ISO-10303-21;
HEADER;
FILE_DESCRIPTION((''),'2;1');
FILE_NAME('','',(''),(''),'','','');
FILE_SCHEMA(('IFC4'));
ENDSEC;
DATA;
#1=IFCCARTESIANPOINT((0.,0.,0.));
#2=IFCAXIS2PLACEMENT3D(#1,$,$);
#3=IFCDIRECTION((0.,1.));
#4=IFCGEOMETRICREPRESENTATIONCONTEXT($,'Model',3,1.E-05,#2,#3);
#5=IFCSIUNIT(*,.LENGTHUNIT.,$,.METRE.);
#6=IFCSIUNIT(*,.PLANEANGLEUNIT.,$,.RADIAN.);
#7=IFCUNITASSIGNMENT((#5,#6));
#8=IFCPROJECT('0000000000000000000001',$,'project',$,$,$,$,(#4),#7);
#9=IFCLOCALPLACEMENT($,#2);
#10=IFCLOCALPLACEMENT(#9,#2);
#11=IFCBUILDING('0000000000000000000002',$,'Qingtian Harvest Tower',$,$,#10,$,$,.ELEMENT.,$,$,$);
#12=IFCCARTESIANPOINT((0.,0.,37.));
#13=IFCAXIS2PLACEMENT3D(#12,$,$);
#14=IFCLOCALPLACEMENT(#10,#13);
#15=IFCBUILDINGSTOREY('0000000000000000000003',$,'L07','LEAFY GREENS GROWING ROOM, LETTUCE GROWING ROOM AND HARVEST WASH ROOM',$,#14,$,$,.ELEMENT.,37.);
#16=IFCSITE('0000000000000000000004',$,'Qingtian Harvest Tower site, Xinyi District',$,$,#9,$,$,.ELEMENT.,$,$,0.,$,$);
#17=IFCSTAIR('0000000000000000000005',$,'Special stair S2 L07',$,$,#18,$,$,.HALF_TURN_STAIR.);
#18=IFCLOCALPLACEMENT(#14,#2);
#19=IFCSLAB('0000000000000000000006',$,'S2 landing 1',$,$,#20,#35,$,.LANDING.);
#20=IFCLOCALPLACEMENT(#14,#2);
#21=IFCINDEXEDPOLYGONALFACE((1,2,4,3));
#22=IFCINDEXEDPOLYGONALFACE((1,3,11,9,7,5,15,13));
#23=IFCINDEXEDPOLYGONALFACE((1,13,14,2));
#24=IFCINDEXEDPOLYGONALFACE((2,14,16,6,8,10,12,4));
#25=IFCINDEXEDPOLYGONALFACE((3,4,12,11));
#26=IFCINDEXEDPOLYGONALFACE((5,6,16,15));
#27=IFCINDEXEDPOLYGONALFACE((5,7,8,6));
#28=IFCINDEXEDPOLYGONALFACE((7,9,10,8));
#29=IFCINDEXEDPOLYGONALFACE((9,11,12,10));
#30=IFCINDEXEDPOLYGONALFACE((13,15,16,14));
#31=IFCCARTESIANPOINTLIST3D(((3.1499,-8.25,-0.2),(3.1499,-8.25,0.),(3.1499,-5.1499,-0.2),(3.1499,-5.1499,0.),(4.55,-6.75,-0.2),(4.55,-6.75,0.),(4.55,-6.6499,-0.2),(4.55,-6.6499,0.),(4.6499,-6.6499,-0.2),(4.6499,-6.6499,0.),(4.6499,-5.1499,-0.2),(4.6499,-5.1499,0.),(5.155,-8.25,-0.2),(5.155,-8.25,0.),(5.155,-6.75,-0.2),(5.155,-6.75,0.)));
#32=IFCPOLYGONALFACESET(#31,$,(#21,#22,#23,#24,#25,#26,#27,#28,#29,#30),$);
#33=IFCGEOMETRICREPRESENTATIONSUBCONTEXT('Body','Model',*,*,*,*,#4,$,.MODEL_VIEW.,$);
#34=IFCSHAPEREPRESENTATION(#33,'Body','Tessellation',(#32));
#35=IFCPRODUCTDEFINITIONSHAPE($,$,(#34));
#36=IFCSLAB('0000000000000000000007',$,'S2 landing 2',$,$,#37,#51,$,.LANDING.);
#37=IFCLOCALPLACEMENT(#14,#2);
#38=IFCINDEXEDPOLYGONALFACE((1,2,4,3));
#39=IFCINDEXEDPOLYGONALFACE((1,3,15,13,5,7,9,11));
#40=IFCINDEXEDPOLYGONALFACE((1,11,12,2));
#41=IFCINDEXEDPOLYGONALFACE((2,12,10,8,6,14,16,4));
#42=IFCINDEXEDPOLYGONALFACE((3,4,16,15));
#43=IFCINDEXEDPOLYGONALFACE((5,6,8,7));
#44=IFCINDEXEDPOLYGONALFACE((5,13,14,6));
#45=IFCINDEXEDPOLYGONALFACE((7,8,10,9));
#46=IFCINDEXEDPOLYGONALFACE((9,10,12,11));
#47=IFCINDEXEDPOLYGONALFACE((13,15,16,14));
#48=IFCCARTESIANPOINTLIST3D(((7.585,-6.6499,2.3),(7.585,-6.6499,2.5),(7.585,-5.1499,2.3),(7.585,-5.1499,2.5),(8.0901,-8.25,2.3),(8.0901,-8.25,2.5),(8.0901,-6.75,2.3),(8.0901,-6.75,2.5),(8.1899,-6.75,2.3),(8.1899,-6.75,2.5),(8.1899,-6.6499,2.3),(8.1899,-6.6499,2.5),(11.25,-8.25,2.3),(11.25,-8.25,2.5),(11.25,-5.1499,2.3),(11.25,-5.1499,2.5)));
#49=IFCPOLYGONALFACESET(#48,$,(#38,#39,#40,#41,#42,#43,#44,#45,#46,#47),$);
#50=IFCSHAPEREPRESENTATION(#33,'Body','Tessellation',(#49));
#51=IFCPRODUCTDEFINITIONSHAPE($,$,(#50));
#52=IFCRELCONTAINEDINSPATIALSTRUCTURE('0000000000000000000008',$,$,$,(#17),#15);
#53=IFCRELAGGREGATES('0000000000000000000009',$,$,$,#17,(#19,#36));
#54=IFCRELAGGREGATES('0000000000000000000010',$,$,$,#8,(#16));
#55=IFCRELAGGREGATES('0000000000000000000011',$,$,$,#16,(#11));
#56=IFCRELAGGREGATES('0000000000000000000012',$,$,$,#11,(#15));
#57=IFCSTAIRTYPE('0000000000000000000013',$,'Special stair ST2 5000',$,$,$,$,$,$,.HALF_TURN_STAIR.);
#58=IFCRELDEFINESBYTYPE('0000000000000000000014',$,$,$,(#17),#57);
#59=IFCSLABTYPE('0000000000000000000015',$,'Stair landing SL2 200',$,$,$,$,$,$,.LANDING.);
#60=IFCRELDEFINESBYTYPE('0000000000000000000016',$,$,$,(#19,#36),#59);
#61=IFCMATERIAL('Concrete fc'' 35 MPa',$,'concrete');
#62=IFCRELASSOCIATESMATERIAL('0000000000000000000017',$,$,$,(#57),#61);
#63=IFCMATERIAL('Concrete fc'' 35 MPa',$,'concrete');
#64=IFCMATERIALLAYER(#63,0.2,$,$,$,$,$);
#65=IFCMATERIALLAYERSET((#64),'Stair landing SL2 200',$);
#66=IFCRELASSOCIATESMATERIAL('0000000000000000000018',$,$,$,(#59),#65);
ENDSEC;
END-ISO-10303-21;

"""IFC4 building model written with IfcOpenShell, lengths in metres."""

from ifc_helpers import new_model, si_unit, direction, frame, origin, place, context, subcontext, project, spatial, polyline, outline, extrude, material, layer, layer_set, type_object, element, aggregate, save


model = new_model("IFC4")

# Units and contexts
model_context = context("Model", 3, precision=1e-05, world=origin(), true_north=direction((0.0, 1.0)))
body_context = subcontext(model_context, "Body", "Model", "MODEL_VIEW")
ifc_project = project(units=[si_unit("LENGTHUNIT", "METRE"), si_unit("PLANEANGLEUNIT", "RADIAN")], contexts=[model_context])

# Site, building, storey
site_placement = place(None, origin())
site = spatial("IfcSite", under=ifc_project, at=site_placement, Name="Qingtian Harvest Tower site, Xinyi District", CompositionType="ELEMENT", RefElevation=0.0)
building_placement = place(site_placement, origin())
building = spatial("IfcBuilding", under=site, at=building_placement, Name="Qingtian Harvest Tower", CompositionType="ELEMENT")
storey_placement = place(building_placement, frame((0.0, 0.0, 37.0)))
storey = spatial("IfcBuildingStorey", under=building, at=storey_placement, Name="L07", Description="LEAFY GREENS GROWING ROOM, LETTUCE GROWING ROOM AND HARVEST WASH ROOM", CompositionType="ELEMENT", Elevation=37.0)

# Stair, slabs
ifc_material_1 = material(Name="Concrete fc' 35 MPa", Category="concrete")
stair_type = type_object("IfcStairType", Name="Special stair ST2 5000", PredefinedType="HALF_TURN_STAIR", material=ifc_material_1)
ifc_material_2 = material(Name="Concrete fc' 35 MPa", Category="concrete")
ifc_layer_1 = layer(ifc_material_2, 0.2)
ifc_layer_set_1 = layer_set([ifc_layer_1], Name="Stair landing SL2 200")
slab_type_1 = type_object("IfcSlabType", Name="Stair landing SL2 200", PredefinedType="LANDING", material=ifc_layer_set_1)
stair_1_placement = place(storey_placement, origin())
stair_1 = element("IfcStair", 1, at=stair_1_placement, inside=storey, type_object=stair_type, Name="Special stair S2 L07", PredefinedType="HALF_TURN_STAIR")
slab_1_placement = place(storey_placement, frame((0.0, 0.0, -0.2)))
slab_1 = element("IfcSlab", 2, at=slab_1_placement, type_object=slab_type_1, Name="S2 landing 1", PredefinedType="LANDING", context=body_context, shape_type="SweptSolid", body=[
    extrude(outline(polyline([(5.155, -8.25), (3.1499, -8.25), (3.1499, -5.1499), (4.6499, -5.1499), (4.6499, -6.6499), (4.55, -6.6499), (4.55, -6.75), (5.155, -6.75), (5.155, -8.25)])), origin(), (0.0, 0.0, 1.0), 0.2),
])
slab_2_placement = place(storey_placement, frame((0.0, 0.0, 2.3)))
slab_2 = element("IfcSlab", 3, at=slab_2_placement, type_object=slab_type_1, Name="S2 landing 2", PredefinedType="LANDING", context=body_context, shape_type="SweptSolid", body=[
    extrude(outline(polyline([(8.0901, -8.25), (8.0901, -6.75), (8.1899, -6.75), (8.1899, -6.6499), (7.585, -6.6499), (7.585, -5.1499), (11.25, -5.1499), (11.25, -8.25), (8.0901, -8.25)])), origin(), (0.0, 0.0, 1.0), 0.2),
])
aggregate(stair_1, [slab_1, slab_2])

save(model, "model.ifc")
